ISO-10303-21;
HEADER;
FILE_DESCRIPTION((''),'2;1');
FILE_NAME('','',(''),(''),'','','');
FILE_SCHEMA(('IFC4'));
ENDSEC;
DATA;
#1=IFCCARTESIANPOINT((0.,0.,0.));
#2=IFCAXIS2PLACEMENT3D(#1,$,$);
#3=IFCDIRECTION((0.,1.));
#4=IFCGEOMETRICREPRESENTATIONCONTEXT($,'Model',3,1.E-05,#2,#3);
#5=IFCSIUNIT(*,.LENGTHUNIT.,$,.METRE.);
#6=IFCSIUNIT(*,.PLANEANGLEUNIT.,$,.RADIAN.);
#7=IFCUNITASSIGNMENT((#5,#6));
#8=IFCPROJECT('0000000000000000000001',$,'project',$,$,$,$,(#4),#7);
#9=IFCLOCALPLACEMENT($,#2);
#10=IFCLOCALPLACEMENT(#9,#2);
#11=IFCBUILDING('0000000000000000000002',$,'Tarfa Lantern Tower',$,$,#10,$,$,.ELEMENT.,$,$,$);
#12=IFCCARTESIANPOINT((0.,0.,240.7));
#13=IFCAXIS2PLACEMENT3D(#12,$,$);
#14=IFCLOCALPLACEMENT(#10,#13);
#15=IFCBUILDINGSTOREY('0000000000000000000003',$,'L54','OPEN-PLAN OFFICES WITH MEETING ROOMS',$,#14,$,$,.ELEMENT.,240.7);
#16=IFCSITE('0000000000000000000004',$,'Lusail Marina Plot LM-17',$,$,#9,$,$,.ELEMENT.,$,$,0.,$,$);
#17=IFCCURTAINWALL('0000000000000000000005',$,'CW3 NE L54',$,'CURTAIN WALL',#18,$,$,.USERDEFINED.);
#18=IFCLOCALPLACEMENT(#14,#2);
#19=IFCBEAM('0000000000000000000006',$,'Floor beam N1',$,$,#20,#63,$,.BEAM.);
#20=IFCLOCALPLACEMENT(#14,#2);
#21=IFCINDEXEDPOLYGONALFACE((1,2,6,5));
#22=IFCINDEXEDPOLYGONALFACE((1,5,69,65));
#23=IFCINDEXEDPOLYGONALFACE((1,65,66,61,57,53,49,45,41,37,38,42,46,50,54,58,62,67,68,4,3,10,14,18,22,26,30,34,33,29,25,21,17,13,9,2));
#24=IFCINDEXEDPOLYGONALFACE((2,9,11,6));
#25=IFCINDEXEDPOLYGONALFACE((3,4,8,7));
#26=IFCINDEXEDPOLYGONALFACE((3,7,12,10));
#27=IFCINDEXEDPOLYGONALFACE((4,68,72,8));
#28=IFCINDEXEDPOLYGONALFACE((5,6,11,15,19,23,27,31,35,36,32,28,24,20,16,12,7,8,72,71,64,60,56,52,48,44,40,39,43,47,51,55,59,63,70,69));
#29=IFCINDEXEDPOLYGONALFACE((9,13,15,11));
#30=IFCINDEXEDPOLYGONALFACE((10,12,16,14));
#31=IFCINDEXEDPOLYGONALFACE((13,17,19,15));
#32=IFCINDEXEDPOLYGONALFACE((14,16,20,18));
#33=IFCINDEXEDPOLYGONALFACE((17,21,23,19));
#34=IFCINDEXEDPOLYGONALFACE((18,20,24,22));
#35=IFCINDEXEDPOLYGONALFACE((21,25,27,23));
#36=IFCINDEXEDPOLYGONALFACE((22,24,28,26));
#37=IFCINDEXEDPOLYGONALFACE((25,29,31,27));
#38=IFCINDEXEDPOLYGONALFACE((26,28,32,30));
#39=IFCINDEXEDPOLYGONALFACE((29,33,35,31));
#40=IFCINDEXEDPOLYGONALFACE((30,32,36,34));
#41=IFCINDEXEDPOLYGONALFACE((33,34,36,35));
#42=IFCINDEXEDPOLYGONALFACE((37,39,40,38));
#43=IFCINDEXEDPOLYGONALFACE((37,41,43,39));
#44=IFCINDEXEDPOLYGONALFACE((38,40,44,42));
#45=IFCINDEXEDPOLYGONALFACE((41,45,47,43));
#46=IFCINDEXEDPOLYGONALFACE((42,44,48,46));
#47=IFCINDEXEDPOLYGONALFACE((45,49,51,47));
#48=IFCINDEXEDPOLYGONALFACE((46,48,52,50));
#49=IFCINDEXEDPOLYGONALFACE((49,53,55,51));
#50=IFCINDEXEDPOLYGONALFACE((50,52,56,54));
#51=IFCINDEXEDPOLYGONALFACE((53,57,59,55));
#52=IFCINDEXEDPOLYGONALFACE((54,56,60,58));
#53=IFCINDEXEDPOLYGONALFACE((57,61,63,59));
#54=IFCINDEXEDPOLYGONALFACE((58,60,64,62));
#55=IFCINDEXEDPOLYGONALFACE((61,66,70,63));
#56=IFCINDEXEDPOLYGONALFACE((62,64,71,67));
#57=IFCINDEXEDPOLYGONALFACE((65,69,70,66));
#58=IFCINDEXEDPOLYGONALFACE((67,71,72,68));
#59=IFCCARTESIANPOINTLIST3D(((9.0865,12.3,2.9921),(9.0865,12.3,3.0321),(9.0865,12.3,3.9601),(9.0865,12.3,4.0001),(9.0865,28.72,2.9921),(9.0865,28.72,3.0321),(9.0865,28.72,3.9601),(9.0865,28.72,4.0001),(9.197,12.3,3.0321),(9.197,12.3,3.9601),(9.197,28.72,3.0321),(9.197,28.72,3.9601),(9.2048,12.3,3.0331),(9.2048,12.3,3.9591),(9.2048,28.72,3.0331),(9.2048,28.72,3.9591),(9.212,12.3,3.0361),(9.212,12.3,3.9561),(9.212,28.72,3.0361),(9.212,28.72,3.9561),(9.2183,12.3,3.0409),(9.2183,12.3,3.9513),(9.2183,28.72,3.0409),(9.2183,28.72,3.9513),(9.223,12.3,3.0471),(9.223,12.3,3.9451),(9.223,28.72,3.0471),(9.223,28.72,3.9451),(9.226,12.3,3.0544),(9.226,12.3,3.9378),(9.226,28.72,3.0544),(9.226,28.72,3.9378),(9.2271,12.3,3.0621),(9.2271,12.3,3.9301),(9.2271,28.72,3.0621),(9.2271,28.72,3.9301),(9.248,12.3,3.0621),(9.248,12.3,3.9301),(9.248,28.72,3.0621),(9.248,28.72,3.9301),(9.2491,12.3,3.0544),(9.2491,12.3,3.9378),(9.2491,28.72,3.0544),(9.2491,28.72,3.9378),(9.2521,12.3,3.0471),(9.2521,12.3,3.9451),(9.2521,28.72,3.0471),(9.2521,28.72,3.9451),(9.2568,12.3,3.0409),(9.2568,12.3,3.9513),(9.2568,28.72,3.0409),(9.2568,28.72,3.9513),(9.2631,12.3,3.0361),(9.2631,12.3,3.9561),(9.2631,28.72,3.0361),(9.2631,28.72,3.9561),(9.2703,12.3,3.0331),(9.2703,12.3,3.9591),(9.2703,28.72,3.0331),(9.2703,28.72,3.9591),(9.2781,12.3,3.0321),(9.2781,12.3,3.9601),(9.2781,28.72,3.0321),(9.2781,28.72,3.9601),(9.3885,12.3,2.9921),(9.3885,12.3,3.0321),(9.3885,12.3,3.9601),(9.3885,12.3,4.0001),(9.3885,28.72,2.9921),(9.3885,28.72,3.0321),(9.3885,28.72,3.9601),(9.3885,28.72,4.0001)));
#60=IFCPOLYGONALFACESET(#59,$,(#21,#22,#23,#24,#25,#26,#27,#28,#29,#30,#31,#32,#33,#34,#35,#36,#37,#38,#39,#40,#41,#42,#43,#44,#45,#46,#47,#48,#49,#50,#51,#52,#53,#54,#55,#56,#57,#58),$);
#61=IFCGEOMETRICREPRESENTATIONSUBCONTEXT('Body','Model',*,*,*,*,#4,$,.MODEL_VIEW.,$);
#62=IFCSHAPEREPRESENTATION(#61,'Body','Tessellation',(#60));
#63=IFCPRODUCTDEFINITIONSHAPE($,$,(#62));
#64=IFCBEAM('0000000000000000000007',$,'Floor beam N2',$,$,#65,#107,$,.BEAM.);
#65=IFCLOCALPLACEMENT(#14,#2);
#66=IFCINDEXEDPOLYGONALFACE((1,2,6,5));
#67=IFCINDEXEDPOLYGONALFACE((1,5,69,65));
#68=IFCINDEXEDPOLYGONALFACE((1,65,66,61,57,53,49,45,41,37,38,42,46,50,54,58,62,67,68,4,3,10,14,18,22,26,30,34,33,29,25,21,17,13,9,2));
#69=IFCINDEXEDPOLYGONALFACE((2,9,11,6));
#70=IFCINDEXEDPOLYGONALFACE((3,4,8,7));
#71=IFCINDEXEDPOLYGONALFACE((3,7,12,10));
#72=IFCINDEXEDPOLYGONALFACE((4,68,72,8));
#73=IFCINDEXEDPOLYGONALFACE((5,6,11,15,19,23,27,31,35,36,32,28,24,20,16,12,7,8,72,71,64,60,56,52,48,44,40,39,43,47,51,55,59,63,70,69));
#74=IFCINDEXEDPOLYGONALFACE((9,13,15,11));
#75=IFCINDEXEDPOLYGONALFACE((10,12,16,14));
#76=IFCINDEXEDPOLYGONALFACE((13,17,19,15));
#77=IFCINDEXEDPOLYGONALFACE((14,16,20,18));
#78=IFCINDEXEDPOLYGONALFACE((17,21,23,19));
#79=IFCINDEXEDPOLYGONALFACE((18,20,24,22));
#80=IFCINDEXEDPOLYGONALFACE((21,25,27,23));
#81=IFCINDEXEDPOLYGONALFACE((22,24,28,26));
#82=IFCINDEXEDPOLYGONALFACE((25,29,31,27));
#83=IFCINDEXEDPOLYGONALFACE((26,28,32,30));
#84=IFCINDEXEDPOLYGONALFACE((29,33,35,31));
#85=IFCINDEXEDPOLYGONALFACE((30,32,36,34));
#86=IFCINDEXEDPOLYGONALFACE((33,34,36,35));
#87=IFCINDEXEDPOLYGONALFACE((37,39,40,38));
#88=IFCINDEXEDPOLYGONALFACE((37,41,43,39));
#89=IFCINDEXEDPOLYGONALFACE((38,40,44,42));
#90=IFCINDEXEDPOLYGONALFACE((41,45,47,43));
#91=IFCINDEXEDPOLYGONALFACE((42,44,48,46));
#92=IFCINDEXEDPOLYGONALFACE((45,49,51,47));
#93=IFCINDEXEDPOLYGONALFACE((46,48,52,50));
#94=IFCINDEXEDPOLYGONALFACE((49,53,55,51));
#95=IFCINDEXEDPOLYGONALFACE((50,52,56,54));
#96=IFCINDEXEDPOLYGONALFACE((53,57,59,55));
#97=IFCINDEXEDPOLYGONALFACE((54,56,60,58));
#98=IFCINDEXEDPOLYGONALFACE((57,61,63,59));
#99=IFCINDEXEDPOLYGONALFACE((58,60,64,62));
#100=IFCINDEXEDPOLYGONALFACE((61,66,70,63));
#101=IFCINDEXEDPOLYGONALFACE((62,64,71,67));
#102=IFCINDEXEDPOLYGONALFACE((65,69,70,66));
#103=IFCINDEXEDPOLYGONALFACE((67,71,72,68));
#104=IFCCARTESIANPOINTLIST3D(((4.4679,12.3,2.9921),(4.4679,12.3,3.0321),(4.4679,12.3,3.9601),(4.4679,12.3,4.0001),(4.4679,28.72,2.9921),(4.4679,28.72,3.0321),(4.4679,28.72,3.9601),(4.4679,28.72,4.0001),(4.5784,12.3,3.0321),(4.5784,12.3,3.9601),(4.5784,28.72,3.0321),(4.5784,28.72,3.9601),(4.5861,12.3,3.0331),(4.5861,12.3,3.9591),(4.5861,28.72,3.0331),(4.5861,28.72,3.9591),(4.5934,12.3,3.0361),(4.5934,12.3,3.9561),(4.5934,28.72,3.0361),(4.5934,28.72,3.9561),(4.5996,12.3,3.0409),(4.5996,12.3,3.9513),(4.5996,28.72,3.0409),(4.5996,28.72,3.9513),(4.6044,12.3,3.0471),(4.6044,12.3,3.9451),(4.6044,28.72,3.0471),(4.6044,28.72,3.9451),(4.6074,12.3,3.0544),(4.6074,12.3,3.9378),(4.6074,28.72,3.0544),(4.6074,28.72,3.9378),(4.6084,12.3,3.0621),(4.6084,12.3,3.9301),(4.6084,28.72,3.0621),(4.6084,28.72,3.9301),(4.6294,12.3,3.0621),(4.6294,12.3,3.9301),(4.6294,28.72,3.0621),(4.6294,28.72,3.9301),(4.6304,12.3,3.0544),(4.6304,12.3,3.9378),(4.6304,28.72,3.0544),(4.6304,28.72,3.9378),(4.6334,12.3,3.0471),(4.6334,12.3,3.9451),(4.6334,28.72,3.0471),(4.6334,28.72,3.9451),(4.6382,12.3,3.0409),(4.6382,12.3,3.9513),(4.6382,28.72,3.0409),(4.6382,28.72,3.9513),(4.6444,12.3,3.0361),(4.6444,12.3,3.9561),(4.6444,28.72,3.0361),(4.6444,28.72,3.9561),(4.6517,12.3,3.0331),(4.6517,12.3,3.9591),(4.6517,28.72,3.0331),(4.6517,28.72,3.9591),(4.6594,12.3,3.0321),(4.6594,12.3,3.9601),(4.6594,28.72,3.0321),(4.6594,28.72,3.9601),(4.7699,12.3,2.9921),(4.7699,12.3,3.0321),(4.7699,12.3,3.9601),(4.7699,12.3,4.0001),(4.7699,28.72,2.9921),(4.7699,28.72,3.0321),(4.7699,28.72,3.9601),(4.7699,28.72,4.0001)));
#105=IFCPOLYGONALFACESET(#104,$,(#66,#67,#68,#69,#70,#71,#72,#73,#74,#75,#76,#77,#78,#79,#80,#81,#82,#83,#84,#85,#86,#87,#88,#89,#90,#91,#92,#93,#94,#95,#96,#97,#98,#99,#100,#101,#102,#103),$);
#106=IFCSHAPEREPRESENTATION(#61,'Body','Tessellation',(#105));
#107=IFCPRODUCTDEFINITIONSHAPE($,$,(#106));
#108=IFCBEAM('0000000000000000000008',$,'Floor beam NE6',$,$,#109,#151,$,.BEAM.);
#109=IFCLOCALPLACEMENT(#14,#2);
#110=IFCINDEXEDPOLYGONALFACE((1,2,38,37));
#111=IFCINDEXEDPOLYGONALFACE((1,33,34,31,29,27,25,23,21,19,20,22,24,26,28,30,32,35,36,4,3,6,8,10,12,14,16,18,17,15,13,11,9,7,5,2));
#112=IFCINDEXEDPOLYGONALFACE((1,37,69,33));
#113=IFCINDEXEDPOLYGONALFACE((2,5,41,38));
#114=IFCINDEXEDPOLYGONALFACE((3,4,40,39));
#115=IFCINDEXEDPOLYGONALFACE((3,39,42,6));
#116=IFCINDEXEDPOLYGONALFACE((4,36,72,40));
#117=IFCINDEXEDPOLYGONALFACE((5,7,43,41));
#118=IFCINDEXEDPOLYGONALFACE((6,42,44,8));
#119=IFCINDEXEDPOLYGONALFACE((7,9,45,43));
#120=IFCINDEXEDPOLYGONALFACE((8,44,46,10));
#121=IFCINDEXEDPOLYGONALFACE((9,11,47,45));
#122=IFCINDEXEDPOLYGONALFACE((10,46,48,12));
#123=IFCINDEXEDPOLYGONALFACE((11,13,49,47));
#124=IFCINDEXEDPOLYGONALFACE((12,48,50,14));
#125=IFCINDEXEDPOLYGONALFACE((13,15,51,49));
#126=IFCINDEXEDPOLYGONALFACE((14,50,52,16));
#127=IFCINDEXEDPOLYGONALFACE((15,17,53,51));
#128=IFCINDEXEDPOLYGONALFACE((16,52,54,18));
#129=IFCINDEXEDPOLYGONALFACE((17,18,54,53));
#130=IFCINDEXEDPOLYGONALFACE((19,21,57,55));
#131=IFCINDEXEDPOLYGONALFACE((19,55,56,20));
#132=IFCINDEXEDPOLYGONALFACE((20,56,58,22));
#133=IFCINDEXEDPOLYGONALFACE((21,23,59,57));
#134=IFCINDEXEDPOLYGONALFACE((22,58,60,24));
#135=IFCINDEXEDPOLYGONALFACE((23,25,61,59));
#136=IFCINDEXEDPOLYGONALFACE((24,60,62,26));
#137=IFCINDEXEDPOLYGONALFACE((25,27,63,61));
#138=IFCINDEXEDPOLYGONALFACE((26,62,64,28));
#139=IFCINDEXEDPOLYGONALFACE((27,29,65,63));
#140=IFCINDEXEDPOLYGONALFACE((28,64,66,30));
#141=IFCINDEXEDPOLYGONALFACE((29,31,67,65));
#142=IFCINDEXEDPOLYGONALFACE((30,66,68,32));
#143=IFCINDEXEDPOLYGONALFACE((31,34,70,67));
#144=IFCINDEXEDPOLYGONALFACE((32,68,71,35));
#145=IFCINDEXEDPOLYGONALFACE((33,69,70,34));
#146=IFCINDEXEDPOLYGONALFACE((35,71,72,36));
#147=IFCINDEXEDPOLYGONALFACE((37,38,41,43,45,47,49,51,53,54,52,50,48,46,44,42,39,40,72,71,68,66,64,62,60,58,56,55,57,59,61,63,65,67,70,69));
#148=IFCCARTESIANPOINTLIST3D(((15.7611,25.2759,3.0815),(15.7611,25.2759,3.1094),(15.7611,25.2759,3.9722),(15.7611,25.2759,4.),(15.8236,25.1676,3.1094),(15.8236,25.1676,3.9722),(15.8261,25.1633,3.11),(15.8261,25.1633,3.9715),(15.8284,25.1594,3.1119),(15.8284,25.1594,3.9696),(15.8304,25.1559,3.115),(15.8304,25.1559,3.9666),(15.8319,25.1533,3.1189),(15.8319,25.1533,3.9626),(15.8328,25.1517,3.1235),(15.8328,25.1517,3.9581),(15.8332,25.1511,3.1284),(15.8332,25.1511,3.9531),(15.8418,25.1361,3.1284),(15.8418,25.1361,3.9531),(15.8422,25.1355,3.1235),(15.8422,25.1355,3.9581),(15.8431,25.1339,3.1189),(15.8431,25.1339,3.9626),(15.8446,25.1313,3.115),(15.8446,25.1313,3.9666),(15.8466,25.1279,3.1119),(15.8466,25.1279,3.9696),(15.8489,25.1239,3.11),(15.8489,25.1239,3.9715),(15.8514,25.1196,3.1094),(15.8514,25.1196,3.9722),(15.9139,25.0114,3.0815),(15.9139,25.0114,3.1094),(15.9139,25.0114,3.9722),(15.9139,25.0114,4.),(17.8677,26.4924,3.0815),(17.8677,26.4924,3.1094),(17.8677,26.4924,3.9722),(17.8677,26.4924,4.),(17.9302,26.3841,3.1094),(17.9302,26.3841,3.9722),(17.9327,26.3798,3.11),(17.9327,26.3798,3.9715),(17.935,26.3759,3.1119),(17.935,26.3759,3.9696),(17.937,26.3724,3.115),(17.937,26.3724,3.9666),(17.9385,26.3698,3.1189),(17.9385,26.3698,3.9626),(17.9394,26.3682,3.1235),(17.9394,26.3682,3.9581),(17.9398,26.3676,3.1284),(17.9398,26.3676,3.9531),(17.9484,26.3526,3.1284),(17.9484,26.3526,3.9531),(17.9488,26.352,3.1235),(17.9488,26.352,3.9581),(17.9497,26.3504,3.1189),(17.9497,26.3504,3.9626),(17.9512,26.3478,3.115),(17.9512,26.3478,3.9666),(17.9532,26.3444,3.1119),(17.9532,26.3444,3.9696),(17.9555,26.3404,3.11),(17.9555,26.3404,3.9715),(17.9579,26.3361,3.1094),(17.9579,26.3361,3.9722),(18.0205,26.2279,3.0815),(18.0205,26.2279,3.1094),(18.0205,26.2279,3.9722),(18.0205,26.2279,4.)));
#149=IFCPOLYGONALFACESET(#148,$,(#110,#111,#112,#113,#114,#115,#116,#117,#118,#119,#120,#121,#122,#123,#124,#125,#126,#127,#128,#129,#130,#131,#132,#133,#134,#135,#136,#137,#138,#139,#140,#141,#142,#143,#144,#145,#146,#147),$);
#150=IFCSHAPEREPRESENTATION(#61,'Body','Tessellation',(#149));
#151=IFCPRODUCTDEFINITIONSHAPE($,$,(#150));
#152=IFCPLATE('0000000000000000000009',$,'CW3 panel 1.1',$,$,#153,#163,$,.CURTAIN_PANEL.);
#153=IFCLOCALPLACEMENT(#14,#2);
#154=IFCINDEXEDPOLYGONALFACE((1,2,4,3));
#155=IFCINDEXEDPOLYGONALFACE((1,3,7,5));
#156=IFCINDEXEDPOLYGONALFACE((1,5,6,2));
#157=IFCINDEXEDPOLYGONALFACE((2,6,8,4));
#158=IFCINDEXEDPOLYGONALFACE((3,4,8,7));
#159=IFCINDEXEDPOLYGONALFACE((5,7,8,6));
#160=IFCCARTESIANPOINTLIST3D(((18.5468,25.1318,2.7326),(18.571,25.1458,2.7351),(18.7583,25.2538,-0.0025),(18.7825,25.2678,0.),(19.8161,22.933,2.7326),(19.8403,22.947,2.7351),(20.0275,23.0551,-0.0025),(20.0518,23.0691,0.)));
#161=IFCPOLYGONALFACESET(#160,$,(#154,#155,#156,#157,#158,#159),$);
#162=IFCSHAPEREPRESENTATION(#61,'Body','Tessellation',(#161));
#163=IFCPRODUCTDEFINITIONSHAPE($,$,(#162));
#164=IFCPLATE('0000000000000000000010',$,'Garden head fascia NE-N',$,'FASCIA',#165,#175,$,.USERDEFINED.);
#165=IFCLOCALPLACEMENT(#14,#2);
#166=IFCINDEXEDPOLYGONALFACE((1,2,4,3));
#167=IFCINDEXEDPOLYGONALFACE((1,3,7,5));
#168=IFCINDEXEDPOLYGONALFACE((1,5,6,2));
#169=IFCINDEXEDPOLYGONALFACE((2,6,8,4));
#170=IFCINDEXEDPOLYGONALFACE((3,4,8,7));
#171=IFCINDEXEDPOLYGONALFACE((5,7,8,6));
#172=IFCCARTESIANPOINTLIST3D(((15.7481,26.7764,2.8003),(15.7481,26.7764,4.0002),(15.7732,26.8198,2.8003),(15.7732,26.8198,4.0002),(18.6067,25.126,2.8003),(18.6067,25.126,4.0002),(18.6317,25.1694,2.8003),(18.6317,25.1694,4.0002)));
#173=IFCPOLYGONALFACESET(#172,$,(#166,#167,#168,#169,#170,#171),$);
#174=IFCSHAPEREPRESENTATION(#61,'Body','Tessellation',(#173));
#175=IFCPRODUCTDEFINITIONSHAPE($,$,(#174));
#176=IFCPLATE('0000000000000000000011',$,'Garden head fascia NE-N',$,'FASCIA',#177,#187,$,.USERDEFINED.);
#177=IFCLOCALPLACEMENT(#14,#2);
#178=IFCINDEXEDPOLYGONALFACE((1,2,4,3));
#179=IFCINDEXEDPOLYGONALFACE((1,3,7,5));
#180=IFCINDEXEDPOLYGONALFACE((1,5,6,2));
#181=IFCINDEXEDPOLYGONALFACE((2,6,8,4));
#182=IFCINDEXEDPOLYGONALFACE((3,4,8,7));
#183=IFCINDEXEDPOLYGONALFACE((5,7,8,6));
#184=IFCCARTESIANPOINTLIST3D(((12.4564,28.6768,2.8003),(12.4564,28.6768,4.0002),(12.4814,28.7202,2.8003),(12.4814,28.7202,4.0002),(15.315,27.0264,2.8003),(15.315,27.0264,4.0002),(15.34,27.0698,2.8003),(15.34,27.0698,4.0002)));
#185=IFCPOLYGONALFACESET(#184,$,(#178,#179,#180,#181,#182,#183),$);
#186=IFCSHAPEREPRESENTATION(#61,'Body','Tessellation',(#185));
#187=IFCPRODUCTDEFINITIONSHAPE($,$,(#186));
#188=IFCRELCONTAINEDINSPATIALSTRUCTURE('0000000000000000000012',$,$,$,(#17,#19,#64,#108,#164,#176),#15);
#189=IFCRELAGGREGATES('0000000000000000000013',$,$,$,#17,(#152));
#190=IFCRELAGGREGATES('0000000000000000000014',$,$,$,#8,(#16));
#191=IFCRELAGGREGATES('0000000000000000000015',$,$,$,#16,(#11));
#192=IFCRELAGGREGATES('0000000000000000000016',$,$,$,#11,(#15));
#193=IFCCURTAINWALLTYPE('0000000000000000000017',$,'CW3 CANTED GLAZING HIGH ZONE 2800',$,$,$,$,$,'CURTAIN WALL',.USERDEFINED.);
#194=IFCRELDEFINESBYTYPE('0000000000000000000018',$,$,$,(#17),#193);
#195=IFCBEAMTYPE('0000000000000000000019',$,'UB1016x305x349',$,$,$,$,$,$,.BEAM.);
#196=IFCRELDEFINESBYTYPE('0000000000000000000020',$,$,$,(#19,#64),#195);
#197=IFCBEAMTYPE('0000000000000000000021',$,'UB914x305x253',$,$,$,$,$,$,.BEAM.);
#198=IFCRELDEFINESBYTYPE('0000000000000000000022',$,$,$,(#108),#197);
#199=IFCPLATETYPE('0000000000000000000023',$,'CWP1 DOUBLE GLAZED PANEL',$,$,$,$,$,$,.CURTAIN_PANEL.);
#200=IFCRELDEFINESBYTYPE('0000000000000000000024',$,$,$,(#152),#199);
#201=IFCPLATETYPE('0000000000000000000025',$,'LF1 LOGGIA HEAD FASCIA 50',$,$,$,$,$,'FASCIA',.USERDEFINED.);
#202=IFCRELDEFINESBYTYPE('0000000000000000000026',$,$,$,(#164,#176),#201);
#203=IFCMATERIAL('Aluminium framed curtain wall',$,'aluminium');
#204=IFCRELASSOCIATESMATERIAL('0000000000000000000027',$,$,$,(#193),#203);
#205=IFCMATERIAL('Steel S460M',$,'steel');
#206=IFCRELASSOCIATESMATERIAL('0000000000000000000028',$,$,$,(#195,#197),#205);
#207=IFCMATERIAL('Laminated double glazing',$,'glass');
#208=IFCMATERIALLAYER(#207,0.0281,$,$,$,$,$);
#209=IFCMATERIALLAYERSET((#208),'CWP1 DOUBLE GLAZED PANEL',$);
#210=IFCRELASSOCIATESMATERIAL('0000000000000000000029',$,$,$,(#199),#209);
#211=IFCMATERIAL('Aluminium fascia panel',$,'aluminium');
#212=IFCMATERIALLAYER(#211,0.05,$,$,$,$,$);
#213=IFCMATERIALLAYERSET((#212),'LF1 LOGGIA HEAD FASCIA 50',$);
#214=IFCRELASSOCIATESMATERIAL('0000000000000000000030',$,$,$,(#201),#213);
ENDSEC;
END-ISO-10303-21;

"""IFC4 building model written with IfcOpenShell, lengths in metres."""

from ifc_helpers import new_model, si_unit, direction, frame, origin, origin_2d, place, context, subcontext, project, spatial, polyline, rectangle, i_section, outline, extrude, material, layer, layer_set, material_profile, profile_set, type_object, element, aggregate, save


model = new_model("IFC4")

# Units and contexts
model_context = context("Model", 3, precision=1e-05, world=origin(), true_north=direction((0.0, 1.0)))
body_context = subcontext(model_context, "Body", "Model", "MODEL_VIEW")
ifc_project = project(units=[si_unit("LENGTHUNIT", "METRE"), si_unit("PLANEANGLEUNIT", "RADIAN")], contexts=[model_context])

# Site, building, storey
site_placement = place(None, origin())
site = spatial("IfcSite", under=ifc_project, at=site_placement, Name="Lusail Marina Plot LM-17", CompositionType="ELEMENT", RefElevation=0.0)
building_placement = place(site_placement, origin())
building = spatial("IfcBuilding", under=site, at=building_placement, Name="Tarfa Lantern Tower", CompositionType="ELEMENT")
storey_placement = place(building_placement, frame((0.0, 0.0, 240.7)))
storey = spatial("IfcBuildingStorey", under=building, at=storey_placement, Name="L54", Description="OPEN-PLAN OFFICES WITH MEETING ROOMS", CompositionType="ELEMENT", Elevation=240.7)

# Curtain wall
ifc_material_1 = material(Name="Aluminium framed curtain wall", Category="aluminium")
curtain_wall_type = type_object("IfcCurtainWallType", Name="CW3 CANTED GLAZING HIGH ZONE 2800", ElementType="CURTAIN WALL", PredefinedType="USERDEFINED", material=ifc_material_1)
curtain_wall_placement = place(storey_placement, origin())
curtain_wall = element("IfcCurtainWall", 1, at=curtain_wall_placement, inside=storey, type_object=curtain_wall_type, Name="CW3 NE L54", ObjectType="CURTAIN WALL", PredefinedType="USERDEFINED")

# Beams
ifc_material_2 = material(Name="Steel S460M", Category="steel")
ifc_material_profile_1 = material_profile(ifc_material_2, i_section(OverallWidth=0.302, OverallDepth=1.0081, WebThickness=0.021, FlangeThickness=0.04, FilletRadius=0.03, at=origin_2d()), Name="UB1016x305x349")
ifc_profile_set_1 = profile_set([ifc_material_profile_1], Name="Steel S460M")
beam_type_1 = type_object("IfcBeamType", Name="UB1016x305x349", PredefinedType="BEAM", material=ifc_profile_set_1)
for number, where, z_axis, x_axis, name in (
    (2, (9.2375, 28.72, 3.4961), (0.0, -1.0, 0.0), (1.0, 0.0, 0.0), "Floor beam N1"),
    (3, (4.6189, 28.72, 3.4961), (0.0, -1.0, 0.0), (1.0, 0.0, 0.0), "Floor beam N2"),
):
    element("IfcBeam", number, at=place(storey_placement, frame(where, z_axis=z_axis, x_axis=x_axis)), inside=storey, type_object=beam_type_1, Name=name, PredefinedType="BEAM", context=body_context, shape_type="SweptSolid", body=[
        extrude(i_section(OverallWidth=0.302, OverallDepth=1.0081, WebThickness=0.021, FlangeThickness=0.04, FilletRadius=0.03, at=origin_2d()), origin(), (0.0, 0.0, 1.0), 16.4199),
    ])
ifc_material_profile_2 = material_profile(ifc_material_2, i_section(OverallWidth=0.3054, OverallDepth=0.9185, WebThickness=0.0173, FlangeThickness=0.0278, FilletRadius=0.019, at=origin_2d()), Name="UB914x305x253")
ifc_profile_set_2 = profile_set([ifc_material_profile_2], Name="Steel S460M")
beam_type_2 = type_object("IfcBeamType", Name="UB914x305x253", PredefinedType="BEAM", material=ifc_profile_set_2)
beam_1_placement = place(storey_placement, frame((17.9441, 26.3601, 3.5408), z_axis=(-0.86598, -0.500079, 0.0), x_axis=(0.500079, -0.86598, 0.0)))
element("IfcBeam", 4, at=beam_1_placement, inside=storey, type_object=beam_type_2, Name="Floor beam NE6", PredefinedType="BEAM", context=body_context, shape_type="SweptSolid", body=[
    extrude(i_section(OverallWidth=0.3054, OverallDepth=0.9185, WebThickness=0.0173, FlangeThickness=0.0278, FilletRadius=0.019, at=origin_2d()), origin(), (0.0, 0.0, 1.0), 2.4326),
])

# Plate
ifc_material_3 = material(Name="Laminated double glazing", Category="glass")
ifc_layer_1 = layer(ifc_material_3, 0.0281)
ifc_layer_set_1 = layer_set([ifc_layer_1], Name="CWP1 DOUBLE GLAZED PANEL")
plate_type_1 = type_object("IfcPlateType", Name="CWP1 DOUBLE GLAZED PANEL", PredefinedType="CURTAIN_PANEL", material=ifc_layer_set_1)
plate_1_placement = place(storey_placement, frame((20.0518, 23.0691, 0.0), z_axis=(0.862622, 0.497976, 0.088906), x_axis=(-0.499956, 0.866051, 0.0)))
plate_1 = element("IfcPlate", 5, at=plate_1_placement, type_object=plate_type_1, Name="CW3 panel 1.1", PredefinedType="CURTAIN_PANEL", context=body_context, shape_type="SweptSolid", body=[
    extrude(outline(polyline([(0.0, 0.0), (2.5388, 0.0), (2.5388, 2.746), (0.0, 2.746), (0.0, 0.0)])), origin(), (0.0, 0.0, -1.0), 0.0281),
])
aggregate(curtain_wall, [plate_1])

# Plates
ifc_material_4 = material(Name="Aluminium fascia panel", Category="aluminium")
ifc_layer_2 = layer(ifc_material_4, 0.05)
ifc_layer_set_2 = layer_set([ifc_layer_2], Name="LF1 LOGGIA HEAD FASCIA 50")
plate_type_2 = type_object("IfcPlateType", Name="LF1 LOGGIA HEAD FASCIA 50", ElementType="FASCIA", PredefinedType="USERDEFINED", material=ifc_layer_set_2)
for number, where, z_axis, x_axis, name in (
    (6, (17.1899, 25.9729, 2.8003), (0.0, 0.0, 1.0), (-0.866025, 0.5, 0.0), "Garden head fascia NE-N"),
    (7, (13.8982, 27.8733, 2.8003), (0.0, 0.0, 1.0), (-0.866025, 0.5, 0.0), "Garden head fascia NE-N"),
):
    element("IfcPlate", number, at=place(storey_placement, frame(where, z_axis=z_axis, x_axis=x_axis)), inside=storey, type_object=plate_type_2, Name=name, ObjectType="FASCIA", PredefinedType="USERDEFINED", context=body_context, shape_type="SweptSolid", body=[
        extrude(rectangle(XDim=3.3008, YDim=0.05, at=origin_2d()), origin(), (0.0, 0.0, 1.0), 1.2),
    ])

save(model, "model.ifc")
